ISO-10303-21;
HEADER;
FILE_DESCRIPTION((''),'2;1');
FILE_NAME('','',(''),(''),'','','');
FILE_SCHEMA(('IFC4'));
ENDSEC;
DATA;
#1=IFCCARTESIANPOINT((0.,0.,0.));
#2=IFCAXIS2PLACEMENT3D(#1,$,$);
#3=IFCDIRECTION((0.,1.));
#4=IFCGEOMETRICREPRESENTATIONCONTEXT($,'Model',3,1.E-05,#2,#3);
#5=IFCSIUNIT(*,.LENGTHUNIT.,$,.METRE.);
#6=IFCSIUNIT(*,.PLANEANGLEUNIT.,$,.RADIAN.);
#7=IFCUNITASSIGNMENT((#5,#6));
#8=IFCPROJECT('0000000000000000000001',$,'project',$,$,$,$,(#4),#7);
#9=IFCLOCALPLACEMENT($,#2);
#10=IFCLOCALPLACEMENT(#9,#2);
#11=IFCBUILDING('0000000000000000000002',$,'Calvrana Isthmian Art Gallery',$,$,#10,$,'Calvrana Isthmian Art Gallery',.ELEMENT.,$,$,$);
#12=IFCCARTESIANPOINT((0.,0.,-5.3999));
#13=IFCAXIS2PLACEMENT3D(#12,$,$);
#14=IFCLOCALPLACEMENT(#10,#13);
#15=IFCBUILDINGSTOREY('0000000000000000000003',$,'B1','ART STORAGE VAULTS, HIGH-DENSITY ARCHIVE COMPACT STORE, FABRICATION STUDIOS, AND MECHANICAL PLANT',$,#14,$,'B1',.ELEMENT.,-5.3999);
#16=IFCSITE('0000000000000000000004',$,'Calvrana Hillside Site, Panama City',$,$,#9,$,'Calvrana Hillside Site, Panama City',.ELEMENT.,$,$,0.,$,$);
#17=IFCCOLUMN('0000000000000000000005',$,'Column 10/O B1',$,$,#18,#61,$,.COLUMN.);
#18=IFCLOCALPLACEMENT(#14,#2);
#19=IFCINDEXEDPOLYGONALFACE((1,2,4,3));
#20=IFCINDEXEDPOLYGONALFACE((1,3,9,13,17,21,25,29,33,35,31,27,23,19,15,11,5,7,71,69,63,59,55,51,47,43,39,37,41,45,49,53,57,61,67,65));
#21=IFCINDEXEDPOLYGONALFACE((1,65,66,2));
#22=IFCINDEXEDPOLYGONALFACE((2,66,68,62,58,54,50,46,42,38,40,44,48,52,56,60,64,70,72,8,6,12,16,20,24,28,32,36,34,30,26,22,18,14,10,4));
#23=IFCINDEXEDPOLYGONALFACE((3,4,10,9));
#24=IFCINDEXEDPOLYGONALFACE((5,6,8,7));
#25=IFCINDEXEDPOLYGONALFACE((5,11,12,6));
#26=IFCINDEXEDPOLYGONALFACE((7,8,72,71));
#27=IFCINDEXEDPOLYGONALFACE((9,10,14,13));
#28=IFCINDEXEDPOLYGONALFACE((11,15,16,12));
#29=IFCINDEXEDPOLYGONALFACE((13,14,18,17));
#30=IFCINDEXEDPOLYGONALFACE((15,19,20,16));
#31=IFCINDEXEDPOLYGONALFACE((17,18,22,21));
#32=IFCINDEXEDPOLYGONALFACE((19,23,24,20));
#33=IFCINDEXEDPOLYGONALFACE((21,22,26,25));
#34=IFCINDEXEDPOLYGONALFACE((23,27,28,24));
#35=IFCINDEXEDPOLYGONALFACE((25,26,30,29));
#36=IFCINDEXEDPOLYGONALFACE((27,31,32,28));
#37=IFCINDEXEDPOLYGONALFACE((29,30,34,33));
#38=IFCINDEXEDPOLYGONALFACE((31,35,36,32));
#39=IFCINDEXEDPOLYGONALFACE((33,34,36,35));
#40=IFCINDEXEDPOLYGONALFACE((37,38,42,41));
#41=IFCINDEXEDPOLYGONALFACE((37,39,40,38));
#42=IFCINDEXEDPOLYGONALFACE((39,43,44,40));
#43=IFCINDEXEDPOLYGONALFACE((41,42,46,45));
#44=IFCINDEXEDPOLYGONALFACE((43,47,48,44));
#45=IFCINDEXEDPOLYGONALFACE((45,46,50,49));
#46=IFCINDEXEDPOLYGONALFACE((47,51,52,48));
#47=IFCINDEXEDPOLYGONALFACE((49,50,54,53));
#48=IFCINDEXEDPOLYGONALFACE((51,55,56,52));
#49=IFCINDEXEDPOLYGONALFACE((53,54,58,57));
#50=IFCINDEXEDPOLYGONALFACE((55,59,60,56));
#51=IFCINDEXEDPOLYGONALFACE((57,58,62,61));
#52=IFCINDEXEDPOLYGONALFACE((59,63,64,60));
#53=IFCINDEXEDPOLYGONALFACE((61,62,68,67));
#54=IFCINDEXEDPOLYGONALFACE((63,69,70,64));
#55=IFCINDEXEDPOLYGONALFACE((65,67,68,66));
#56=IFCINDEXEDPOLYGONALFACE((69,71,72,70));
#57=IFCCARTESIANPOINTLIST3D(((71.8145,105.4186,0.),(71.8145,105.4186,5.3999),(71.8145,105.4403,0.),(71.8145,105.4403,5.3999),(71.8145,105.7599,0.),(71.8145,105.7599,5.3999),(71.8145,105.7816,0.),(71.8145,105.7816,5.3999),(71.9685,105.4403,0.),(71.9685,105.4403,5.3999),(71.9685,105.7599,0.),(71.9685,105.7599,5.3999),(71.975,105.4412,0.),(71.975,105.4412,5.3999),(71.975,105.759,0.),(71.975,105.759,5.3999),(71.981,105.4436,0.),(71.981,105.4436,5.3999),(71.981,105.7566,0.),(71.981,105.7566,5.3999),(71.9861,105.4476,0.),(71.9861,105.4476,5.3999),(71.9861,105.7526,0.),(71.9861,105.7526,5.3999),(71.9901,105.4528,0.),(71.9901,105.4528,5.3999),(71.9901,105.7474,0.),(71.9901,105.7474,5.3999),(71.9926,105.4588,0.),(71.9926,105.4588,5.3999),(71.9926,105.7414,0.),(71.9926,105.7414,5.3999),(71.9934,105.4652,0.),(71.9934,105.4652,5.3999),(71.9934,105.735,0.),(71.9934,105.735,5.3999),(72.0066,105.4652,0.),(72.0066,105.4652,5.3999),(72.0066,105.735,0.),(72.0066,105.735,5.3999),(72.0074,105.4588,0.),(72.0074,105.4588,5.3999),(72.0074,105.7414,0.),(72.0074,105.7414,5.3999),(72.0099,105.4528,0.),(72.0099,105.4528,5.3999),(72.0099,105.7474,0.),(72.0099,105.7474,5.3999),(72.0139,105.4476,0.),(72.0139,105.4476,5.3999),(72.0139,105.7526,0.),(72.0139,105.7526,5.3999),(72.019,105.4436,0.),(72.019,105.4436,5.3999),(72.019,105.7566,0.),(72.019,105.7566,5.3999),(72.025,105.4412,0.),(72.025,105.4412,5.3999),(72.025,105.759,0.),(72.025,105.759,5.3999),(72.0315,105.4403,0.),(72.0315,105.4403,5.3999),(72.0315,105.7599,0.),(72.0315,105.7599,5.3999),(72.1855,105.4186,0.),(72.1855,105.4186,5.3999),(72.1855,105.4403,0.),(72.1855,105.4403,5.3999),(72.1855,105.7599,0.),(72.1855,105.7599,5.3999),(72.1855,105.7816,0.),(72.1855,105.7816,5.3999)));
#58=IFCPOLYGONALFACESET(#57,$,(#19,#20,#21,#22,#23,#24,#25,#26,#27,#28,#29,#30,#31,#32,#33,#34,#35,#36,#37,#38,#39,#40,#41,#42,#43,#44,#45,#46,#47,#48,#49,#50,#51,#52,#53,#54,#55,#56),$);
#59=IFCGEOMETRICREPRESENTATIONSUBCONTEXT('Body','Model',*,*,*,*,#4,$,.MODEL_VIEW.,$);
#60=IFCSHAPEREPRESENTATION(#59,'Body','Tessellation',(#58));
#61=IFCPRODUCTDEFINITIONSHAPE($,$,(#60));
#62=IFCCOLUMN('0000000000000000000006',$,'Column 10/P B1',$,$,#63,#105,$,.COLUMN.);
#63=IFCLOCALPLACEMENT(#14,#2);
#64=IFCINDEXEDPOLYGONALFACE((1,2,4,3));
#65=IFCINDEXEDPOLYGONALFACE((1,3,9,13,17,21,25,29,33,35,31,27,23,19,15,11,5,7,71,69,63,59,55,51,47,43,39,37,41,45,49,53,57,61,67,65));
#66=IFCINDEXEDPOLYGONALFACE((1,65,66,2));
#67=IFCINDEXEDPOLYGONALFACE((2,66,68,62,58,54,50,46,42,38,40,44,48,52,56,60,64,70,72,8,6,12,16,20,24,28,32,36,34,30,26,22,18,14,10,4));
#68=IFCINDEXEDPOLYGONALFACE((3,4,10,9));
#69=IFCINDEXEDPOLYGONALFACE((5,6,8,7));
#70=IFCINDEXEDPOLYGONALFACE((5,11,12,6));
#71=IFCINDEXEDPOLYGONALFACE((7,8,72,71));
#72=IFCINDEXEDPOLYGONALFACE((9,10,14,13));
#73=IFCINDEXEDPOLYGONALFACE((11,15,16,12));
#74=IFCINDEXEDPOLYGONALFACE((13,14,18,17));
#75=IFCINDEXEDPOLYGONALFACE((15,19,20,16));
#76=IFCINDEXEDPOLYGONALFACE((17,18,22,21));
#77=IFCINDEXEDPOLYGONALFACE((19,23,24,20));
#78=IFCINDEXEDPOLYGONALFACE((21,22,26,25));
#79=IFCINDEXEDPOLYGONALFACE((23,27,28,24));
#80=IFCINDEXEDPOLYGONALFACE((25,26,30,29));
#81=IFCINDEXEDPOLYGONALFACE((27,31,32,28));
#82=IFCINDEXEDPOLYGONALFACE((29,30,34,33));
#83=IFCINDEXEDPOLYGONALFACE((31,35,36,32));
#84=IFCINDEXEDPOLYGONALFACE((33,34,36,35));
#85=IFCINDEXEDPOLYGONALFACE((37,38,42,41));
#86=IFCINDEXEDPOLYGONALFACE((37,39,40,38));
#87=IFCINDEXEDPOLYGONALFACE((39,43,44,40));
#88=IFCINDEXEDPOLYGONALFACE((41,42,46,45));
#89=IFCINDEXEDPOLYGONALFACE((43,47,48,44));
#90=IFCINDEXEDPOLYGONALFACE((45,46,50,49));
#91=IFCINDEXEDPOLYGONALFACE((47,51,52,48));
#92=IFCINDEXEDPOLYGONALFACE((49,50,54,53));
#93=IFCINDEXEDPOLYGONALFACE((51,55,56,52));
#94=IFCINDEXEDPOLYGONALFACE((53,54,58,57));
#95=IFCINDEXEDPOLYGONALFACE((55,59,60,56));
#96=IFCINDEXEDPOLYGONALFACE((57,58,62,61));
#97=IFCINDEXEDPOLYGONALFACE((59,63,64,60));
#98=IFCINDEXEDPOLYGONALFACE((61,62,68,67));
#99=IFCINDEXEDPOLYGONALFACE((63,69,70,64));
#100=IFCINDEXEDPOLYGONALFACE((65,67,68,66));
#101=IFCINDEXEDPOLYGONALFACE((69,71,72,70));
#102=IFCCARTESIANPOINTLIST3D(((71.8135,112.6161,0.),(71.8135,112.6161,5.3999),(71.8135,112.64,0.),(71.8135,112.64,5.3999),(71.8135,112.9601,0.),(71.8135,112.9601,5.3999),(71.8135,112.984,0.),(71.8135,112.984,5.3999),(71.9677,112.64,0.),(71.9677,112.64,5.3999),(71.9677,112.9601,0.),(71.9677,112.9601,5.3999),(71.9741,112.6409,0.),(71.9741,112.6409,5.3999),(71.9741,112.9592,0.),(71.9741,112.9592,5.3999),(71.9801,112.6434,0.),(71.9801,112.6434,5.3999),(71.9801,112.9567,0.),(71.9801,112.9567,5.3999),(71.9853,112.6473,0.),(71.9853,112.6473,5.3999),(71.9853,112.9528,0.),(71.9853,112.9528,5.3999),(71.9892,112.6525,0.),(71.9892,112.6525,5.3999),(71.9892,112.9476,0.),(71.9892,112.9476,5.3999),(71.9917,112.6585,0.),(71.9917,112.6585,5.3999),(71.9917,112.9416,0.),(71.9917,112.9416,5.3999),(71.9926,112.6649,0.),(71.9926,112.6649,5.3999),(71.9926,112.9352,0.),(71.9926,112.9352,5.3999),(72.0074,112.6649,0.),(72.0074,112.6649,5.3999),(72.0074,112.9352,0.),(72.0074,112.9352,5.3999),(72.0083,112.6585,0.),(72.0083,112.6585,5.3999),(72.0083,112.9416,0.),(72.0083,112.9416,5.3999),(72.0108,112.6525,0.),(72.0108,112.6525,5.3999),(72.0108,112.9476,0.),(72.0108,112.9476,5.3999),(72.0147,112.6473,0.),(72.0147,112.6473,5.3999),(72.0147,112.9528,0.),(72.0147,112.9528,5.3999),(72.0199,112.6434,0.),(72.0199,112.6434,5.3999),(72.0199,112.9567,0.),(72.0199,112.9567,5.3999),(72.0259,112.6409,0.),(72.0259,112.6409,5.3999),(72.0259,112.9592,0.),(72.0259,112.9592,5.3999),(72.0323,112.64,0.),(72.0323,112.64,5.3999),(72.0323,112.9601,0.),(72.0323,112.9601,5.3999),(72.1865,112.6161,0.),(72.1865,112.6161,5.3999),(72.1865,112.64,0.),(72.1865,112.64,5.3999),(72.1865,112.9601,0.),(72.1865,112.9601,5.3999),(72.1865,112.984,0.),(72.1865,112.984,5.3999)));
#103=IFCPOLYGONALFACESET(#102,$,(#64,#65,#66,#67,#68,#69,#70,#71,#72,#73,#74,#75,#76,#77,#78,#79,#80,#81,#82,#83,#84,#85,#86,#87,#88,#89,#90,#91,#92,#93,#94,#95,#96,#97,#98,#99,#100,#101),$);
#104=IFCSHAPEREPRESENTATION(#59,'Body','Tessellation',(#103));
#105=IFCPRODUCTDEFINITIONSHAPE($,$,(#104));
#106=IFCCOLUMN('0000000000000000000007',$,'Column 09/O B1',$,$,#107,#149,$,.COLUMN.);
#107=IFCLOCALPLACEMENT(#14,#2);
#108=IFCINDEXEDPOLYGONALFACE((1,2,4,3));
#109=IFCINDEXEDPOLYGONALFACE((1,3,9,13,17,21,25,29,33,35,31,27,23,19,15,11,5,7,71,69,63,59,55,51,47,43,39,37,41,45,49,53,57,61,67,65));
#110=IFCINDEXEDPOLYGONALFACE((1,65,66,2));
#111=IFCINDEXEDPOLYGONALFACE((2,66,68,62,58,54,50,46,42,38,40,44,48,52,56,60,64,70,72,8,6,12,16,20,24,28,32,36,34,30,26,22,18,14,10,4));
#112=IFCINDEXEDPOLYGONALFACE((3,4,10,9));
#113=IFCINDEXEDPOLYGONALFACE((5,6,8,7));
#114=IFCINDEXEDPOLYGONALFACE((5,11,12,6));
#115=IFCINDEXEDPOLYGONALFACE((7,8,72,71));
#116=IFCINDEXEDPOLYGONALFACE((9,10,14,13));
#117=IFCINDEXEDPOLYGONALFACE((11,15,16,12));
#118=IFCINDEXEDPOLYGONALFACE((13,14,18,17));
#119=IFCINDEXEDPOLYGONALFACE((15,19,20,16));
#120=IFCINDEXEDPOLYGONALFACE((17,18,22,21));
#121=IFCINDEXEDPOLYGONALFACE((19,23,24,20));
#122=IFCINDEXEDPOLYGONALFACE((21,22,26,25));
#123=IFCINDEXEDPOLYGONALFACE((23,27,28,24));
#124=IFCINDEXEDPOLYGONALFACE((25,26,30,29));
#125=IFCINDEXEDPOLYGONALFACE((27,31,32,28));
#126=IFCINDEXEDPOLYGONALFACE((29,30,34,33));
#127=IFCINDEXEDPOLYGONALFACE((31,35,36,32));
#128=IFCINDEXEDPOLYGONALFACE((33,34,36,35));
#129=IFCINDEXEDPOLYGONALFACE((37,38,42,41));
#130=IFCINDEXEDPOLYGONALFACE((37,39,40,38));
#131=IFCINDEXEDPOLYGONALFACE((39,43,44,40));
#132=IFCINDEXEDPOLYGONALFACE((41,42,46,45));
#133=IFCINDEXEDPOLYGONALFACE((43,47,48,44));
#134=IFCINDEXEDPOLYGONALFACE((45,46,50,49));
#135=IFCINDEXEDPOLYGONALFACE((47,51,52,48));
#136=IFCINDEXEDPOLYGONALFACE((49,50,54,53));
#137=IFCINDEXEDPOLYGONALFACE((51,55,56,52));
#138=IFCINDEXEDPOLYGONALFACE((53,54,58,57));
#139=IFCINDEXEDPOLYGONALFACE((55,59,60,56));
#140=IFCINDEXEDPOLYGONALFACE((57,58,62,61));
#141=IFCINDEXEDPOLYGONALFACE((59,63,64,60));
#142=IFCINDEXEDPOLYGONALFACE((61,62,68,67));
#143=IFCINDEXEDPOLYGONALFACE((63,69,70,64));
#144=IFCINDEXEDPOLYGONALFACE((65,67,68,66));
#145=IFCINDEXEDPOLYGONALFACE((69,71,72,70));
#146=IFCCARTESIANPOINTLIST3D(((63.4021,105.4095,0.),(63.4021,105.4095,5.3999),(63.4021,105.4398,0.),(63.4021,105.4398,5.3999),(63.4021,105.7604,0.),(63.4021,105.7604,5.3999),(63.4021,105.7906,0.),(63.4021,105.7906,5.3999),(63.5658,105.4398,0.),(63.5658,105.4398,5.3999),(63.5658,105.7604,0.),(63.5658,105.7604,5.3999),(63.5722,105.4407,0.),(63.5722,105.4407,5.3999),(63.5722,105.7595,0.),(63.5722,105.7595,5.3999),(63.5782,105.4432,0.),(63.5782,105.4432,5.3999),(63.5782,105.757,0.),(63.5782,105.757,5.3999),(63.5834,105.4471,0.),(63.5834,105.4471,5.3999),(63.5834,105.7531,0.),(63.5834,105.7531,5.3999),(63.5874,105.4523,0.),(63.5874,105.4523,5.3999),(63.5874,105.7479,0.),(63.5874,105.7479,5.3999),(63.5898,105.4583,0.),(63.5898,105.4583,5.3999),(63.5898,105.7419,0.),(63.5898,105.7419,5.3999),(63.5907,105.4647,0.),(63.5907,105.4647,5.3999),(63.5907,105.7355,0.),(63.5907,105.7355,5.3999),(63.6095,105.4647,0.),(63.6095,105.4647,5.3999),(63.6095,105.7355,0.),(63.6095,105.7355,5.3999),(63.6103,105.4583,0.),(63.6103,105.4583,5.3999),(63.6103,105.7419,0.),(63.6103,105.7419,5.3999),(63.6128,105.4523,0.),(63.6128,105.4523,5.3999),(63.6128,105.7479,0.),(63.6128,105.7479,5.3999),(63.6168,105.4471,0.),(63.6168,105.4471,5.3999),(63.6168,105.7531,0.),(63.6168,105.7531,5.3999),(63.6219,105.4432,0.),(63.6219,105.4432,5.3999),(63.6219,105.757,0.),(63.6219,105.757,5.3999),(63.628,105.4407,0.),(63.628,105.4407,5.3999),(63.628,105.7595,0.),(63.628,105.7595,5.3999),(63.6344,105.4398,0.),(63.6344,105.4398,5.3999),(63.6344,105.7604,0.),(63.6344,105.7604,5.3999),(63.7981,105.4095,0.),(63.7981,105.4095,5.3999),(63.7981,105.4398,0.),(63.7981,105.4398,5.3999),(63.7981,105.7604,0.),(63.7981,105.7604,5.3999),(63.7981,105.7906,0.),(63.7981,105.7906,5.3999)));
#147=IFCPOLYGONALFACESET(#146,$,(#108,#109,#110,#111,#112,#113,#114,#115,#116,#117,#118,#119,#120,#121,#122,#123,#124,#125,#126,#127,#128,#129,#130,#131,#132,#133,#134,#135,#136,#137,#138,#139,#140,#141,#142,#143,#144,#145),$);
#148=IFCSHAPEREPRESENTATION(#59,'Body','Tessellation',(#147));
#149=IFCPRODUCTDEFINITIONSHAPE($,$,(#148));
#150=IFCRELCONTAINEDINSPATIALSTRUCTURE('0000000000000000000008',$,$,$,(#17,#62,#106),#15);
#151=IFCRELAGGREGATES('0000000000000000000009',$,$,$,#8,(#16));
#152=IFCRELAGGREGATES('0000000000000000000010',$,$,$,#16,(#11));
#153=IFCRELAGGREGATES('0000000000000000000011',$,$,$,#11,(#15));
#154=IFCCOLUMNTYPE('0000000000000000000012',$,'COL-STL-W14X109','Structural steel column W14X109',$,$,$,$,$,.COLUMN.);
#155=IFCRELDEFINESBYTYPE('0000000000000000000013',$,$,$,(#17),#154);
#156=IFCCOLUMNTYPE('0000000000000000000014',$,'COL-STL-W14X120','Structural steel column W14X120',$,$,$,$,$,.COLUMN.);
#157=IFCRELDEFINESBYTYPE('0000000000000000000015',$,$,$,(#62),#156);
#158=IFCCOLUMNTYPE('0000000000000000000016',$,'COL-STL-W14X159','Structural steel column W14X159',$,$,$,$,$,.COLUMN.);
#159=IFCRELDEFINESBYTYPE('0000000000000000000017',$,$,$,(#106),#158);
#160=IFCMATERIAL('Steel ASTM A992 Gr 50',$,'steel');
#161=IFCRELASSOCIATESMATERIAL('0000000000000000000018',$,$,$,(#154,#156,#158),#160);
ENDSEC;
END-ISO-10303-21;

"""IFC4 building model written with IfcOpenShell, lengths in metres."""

from ifc_helpers import new_model, si_unit, direction, frame, origin, origin_2d, place, context, subcontext, project, spatial, i_section, extrude, material, material_profile, profile_set, type_object, element, save


model = new_model("IFC4")

# Units and contexts
model_context = context("Model", 3, precision=1e-05, world=origin(), true_north=direction((0.0, 1.0)))
body_context = subcontext(model_context, "Body", "Model", "MODEL_VIEW")
ifc_project = project(units=[si_unit("LENGTHUNIT", "METRE"), si_unit("PLANEANGLEUNIT", "RADIAN")], contexts=[model_context])

# Site, building, storey
site_placement = place(None, origin())
site = spatial("IfcSite", under=ifc_project, at=site_placement, Name="Calvrana Hillside Site, Panama City", LongName="Calvrana Hillside Site, Panama City", CompositionType="ELEMENT", RefElevation=0.0)
building_placement = place(site_placement, origin())
building = spatial("IfcBuilding", under=site, at=building_placement, Name="Calvrana Isthmian Art Gallery", LongName="Calvrana Isthmian Art Gallery", CompositionType="ELEMENT")
storey_placement = place(building_placement, frame((0.0, 0.0, -5.3999)))
storey = spatial("IfcBuildingStorey", under=building, at=storey_placement, Name="B1", Description="ART STORAGE VAULTS, HIGH-DENSITY ARCHIVE COMPACT STORE, FABRICATION STUDIOS, AND MECHANICAL PLANT", LongName="B1", CompositionType="ELEMENT", Elevation=-5.3999)

# Columns
ifc_material_1 = material(Name="Steel ASTM A992 Gr 50", Category="steel")
ifc_material_profile_1 = material_profile(ifc_material_1, i_section(OverallWidth=0.3711, OverallDepth=0.363, WebThickness=0.0132, FlangeThickness=0.0217, FilletRadius=0.0249, at=origin_2d()), Name="W14X109")
ifc_profile_set_1 = profile_set([ifc_material_profile_1], Name="Steel ASTM A992 Gr 50")
column_type_1 = type_object("IfcColumnType", Name="COL-STL-W14X109", Description="Structural steel column W14X109", PredefinedType="COLUMN", material=ifc_profile_set_1)
column_1_placement = place(storey_placement, frame((72.0, 105.6001, 0.0), z_axis=(0.0, 0.0, 1.0), x_axis=(1.0, 0.0, 0.0)))
element("IfcColumn", 1, at=column_1_placement, inside=storey, type_object=column_type_1, Name="Column 10/O B1", PredefinedType="COLUMN", context=body_context, shape_type="SweptSolid", body=[
    extrude(i_section(OverallWidth=0.3711, OverallDepth=0.363, WebThickness=0.0132, FlangeThickness=0.0217, FilletRadius=0.0249, at=origin_2d()), origin(), (0.0, 0.0, 1.0), 5.3999),
])
ifc_material_profile_2 = material_profile(ifc_material_1, i_section(OverallWidth=0.373, OverallDepth=0.3679, WebThickness=0.0149, FlangeThickness=0.0239, FilletRadius=0.0249, at=origin_2d()), Name="W14X120")
ifc_profile_set_2 = profile_set([ifc_material_profile_2], Name="Steel ASTM A992 Gr 50")
column_type_2 = type_object("IfcColumnType", Name="COL-STL-W14X120", Description="Structural steel column W14X120", PredefinedType="COLUMN", material=ifc_profile_set_2)
column_2_placement = place(storey_placement, frame((72.0, 112.8, 0.0), z_axis=(0.0, 0.0, 1.0), x_axis=(1.0, 0.0, 0.0)))
element("IfcColumn", 2, at=column_2_placement, inside=storey, type_object=column_type_2, Name="Column 10/P B1", PredefinedType="COLUMN", context=body_context, shape_type="SweptSolid", body=[
    extrude(i_section(OverallWidth=0.373, OverallDepth=0.3679, WebThickness=0.0149, FlangeThickness=0.0239, FilletRadius=0.0249, at=origin_2d()), origin(), (0.0, 0.0, 1.0), 5.3999),
])
ifc_material_profile_3 = material_profile(ifc_material_1, i_section(OverallWidth=0.396, OverallDepth=0.3811, WebThickness=0.0188, FlangeThickness=0.0303, FilletRadius=0.0249, at=origin_2d()), Name="W14X159")
ifc_profile_set_3 = profile_set([ifc_material_profile_3], Name="Steel ASTM A992 Gr 50")
column_type_3 = type_object("IfcColumnType", Name="COL-STL-W14X159", Description="Structural steel column W14X159", PredefinedType="COLUMN", material=ifc_profile_set_3)
column_3_placement = place(storey_placement, frame((63.6001, 105.6001, 0.0), z_axis=(0.0, 0.0, 1.0), x_axis=(1.0, 0.0, 0.0)))
element("IfcColumn", 3, at=column_3_placement, inside=storey, type_object=column_type_3, Name="Column 09/O B1", PredefinedType="COLUMN", context=body_context, shape_type="SweptSolid", body=[
    extrude(i_section(OverallWidth=0.396, OverallDepth=0.3811, WebThickness=0.0188, FlangeThickness=0.0303, FilletRadius=0.0249, at=origin_2d()), origin(), (0.0, 0.0, 1.0), 5.3999),
])

save(model, "model.ifc")
